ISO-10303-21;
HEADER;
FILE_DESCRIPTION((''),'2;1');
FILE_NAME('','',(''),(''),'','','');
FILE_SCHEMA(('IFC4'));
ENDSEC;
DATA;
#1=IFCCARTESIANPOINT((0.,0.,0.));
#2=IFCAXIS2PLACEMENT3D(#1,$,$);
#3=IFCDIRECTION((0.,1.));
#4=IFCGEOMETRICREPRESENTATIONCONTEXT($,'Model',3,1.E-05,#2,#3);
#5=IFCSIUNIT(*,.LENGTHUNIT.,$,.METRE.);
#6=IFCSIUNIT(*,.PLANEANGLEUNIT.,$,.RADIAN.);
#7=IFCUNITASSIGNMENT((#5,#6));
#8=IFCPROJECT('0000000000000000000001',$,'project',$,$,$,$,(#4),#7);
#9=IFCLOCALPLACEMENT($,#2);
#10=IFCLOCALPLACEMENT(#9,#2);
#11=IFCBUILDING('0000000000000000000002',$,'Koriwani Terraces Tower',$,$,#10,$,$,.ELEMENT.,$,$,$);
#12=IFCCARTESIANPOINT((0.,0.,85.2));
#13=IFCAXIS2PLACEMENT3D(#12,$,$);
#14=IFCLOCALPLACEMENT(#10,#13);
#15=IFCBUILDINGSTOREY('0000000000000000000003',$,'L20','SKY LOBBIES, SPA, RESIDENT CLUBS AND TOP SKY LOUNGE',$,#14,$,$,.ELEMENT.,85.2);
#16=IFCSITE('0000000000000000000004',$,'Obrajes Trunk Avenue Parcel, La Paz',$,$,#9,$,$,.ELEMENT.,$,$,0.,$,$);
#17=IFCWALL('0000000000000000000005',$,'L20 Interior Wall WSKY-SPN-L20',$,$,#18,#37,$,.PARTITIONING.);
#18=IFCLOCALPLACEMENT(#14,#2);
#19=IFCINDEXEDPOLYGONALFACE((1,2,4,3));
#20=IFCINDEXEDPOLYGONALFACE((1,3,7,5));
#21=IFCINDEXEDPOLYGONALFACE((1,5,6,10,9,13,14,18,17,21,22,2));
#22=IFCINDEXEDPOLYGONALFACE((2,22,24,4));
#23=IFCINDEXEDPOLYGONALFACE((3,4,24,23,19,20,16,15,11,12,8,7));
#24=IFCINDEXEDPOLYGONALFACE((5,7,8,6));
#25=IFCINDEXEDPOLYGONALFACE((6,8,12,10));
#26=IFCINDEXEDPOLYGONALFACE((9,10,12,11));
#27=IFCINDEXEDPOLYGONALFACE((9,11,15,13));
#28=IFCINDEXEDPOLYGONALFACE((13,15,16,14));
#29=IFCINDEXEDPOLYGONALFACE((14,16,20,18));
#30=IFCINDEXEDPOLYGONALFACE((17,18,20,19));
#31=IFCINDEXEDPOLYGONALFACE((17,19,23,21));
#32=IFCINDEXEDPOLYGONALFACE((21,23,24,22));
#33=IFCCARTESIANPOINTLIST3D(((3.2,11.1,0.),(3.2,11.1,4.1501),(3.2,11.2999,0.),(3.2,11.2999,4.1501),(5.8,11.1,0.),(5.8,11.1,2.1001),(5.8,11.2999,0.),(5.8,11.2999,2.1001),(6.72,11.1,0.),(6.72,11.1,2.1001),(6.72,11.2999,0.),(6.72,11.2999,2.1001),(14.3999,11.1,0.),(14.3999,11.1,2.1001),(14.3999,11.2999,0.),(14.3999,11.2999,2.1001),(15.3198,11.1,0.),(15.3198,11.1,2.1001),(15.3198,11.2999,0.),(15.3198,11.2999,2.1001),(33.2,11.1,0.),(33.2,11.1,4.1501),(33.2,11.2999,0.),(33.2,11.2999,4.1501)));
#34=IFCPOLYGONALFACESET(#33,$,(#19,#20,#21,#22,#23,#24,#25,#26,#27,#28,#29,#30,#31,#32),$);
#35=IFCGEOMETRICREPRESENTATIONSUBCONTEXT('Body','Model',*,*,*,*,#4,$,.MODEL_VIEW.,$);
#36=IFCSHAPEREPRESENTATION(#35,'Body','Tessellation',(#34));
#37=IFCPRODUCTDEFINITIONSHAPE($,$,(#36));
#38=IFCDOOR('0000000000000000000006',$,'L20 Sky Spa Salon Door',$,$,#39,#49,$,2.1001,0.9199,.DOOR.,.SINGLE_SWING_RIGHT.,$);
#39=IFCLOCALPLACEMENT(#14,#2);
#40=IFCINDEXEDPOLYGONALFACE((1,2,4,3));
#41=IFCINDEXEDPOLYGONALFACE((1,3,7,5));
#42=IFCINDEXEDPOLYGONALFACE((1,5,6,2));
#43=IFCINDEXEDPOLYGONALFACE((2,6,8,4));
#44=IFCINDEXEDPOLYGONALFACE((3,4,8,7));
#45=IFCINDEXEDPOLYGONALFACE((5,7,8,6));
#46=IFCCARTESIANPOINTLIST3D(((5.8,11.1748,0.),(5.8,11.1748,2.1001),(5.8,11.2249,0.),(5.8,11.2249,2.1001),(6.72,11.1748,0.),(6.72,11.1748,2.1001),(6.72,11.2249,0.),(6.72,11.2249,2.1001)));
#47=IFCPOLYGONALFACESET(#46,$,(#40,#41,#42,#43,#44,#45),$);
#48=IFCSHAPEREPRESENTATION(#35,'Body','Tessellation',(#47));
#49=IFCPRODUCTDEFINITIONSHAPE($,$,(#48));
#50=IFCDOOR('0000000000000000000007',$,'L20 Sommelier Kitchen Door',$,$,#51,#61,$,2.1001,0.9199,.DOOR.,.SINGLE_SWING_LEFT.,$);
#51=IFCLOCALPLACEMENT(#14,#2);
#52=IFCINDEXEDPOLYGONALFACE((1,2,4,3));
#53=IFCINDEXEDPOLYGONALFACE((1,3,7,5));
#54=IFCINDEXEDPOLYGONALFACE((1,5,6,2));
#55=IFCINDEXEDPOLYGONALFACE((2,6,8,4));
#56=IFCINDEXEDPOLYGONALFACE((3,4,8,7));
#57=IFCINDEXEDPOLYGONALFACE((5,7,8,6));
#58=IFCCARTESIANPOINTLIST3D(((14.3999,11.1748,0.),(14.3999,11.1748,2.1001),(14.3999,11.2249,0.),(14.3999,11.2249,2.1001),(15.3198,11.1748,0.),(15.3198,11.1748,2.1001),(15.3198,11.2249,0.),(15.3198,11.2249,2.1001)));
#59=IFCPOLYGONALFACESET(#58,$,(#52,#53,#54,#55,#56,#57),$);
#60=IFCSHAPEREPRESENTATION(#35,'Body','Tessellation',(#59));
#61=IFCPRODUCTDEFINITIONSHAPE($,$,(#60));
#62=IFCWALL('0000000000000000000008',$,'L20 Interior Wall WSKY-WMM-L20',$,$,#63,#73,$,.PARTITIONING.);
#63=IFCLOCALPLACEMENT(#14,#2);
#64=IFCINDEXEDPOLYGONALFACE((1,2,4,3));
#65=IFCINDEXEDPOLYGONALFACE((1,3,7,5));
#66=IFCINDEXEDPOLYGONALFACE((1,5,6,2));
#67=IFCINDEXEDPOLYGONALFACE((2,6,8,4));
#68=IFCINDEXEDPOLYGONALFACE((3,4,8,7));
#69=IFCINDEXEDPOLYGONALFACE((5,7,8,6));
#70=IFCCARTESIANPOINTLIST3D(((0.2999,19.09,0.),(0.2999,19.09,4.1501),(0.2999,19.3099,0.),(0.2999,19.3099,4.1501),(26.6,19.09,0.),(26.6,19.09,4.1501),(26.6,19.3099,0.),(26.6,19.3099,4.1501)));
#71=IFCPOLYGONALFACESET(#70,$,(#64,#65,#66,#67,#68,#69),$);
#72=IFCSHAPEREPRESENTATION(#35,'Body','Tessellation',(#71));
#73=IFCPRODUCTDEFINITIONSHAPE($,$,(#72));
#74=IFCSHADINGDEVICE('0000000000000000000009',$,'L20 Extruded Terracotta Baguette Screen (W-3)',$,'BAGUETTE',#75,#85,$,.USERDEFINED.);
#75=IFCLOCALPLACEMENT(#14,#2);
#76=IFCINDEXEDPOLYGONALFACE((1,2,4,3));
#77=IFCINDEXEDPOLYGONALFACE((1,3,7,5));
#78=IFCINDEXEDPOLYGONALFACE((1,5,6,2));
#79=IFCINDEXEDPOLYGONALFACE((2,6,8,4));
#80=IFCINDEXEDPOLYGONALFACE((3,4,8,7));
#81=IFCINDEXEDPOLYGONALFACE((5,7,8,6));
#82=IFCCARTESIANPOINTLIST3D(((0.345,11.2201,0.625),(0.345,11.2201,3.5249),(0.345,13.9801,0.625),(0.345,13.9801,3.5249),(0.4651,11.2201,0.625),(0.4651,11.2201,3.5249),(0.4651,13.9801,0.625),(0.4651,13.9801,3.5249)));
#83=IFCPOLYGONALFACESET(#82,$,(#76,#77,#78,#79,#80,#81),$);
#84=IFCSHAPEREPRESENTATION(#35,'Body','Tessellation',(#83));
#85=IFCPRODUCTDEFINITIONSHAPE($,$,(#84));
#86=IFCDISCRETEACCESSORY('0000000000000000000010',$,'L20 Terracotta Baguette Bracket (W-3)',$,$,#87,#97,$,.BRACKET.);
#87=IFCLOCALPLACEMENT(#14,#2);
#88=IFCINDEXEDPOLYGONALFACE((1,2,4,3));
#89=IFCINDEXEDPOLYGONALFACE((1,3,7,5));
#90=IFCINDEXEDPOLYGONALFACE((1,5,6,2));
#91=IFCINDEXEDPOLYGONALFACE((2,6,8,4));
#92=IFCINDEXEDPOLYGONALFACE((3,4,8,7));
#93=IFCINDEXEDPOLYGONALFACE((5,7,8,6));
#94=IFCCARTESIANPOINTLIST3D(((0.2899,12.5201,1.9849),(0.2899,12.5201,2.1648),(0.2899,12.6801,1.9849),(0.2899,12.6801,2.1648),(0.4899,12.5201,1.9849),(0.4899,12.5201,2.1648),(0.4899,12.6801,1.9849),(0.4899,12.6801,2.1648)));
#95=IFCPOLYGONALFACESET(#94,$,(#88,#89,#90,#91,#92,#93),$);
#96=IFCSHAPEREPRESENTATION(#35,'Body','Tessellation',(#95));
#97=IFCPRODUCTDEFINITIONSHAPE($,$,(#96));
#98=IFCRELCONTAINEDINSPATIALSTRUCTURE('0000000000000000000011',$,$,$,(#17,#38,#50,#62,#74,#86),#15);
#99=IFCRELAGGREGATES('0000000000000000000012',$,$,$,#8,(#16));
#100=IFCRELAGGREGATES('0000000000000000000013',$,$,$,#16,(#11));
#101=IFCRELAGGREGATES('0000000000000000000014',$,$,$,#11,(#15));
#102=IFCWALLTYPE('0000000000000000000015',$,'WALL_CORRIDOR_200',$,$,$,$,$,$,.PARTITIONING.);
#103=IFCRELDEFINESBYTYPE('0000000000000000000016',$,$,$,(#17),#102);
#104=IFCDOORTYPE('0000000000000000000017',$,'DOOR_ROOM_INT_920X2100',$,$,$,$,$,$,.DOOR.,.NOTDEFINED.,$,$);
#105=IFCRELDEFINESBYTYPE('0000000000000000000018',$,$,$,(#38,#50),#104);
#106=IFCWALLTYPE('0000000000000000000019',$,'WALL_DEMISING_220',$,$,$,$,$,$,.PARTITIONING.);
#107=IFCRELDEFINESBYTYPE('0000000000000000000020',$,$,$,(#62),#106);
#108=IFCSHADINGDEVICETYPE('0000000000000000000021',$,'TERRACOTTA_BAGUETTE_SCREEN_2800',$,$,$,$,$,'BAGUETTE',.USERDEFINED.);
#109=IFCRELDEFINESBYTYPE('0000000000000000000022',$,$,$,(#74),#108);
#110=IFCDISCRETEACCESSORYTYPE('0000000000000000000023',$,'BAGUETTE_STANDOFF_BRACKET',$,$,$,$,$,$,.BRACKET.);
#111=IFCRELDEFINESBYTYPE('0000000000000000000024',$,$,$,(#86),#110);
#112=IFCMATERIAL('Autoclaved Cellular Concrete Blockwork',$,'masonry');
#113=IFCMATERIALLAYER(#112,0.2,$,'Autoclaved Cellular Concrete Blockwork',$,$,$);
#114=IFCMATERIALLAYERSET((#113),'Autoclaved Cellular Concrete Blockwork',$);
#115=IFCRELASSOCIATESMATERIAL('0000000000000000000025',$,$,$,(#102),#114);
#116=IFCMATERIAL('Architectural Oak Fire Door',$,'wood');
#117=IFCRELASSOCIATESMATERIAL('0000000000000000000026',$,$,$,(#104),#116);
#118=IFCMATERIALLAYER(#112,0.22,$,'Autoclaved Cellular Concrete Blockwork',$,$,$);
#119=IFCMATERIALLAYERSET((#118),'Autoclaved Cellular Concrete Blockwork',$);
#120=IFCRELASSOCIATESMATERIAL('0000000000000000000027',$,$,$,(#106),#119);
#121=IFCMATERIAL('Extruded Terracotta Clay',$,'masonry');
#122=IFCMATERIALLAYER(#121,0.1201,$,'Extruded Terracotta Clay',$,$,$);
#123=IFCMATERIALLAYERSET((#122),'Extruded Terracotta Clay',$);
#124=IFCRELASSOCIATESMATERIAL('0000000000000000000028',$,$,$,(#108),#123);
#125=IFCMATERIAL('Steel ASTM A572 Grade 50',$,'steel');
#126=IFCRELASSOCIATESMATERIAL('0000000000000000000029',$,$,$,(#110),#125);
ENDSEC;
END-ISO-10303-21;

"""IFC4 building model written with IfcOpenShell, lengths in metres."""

from ifc_helpers import new_model, si_unit, direction, frame, frame_2d, origin, origin_2d, place, context, subcontext, project, spatial, rectangle, extrude, material, layer, layer_set, type_object, element, fill, save


model = new_model("IFC4")

# Units and contexts
model_context = context("Model", 3, precision=1e-05, world=origin(), true_north=direction((0.0, 1.0)))
body_context = subcontext(model_context, "Body", "Model", "MODEL_VIEW")
ifc_project = project(units=[si_unit("LENGTHUNIT", "METRE"), si_unit("PLANEANGLEUNIT", "RADIAN")], contexts=[model_context])

# Site, building, storey
site_placement = place(None, origin())
site = spatial("IfcSite", under=ifc_project, at=site_placement, Name="Obrajes Trunk Avenue Parcel, La Paz", CompositionType="ELEMENT", RefElevation=0.0)
building_placement = place(site_placement, origin())
building = spatial("IfcBuilding", under=site, at=building_placement, Name="Koriwani Terraces Tower", CompositionType="ELEMENT")
storey_placement = place(building_placement, frame((0.0, 0.0, 85.2)))
storey = spatial("IfcBuildingStorey", under=building, at=storey_placement, Name="L20", Description="SKY LOBBIES, SPA, RESIDENT CLUBS AND TOP SKY LOUNGE", CompositionType="ELEMENT", Elevation=85.2)

# Shared definitions
ifc_material_1 = material(Name="Steel ASTM A572 Grade 50", Category="steel")

# Wall, openings, doors
ifc_material_2 = material(Name="Autoclaved Cellular Concrete Blockwork", Category="masonry")
ifc_layer_1 = layer(ifc_material_2, 0.2, Name="Autoclaved Cellular Concrete Blockwork")
ifc_layer_set_1 = layer_set([ifc_layer_1], Name="Autoclaved Cellular Concrete Blockwork")
wall_type_1 = type_object("IfcWallType", Name="WALL_CORRIDOR_200", PredefinedType="PARTITIONING", material=ifc_layer_set_1)
wall_1_placement = place(storey_placement, frame((3.2, 11.2, 0.0), z_axis=(0.0, 0.0, 1.0), x_axis=(1.0, 0.0, 0.0)))
wall_1 = element("IfcWall", 1, at=wall_1_placement, inside=storey, type_object=wall_type_1, Name="L20 Interior Wall WSKY-SPN-L20", PredefinedType="PARTITIONING", context=body_context, shape_type="SweptSolid", body=[
    extrude(rectangle(XDim=30.0, YDim=0.2, at=frame_2d((15.0, 0.0))), origin(), (0.0, 0.0, 1.0), 4.1501),
])
opening_1_placement = place(wall_1_placement, frame((2.6001, 0.0, 0.0)))
opening_1 = element("IfcOpeningElement", 2, at=opening_1_placement, cuts=wall_1, PredefinedType="OPENING", context=body_context, shape_type="SweptSolid", body=[
    extrude(rectangle(XDim=0.9199, YDim=2.1001, at=frame_2d((0.46, 1.05))), frame((0.0, 0.1099, 0.0), z_axis=(0.0, -1.0, 0.0), x_axis=(1.0, 0.0, 0.0)), (0.0, 0.0, 1.0), 0.22),
])
opening_2_placement = place(wall_1_placement, frame((11.2, 0.0, 0.0)))
opening_2 = element("IfcOpeningElement", 3, at=opening_2_placement, cuts=wall_1, PredefinedType="OPENING", context=body_context, shape_type="SweptSolid", body=[
    extrude(rectangle(XDim=0.9199, YDim=2.1001, at=frame_2d((0.46, 1.05))), frame((0.0, 0.1099, 0.0), z_axis=(0.0, -1.0, 0.0), x_axis=(1.0, 0.0, 0.0)), (0.0, 0.0, 1.0), 0.22),
])
ifc_material_3 = material(Name="Architectural Oak Fire Door", Category="wood")
door_type = type_object("IfcDoorType", Name="DOOR_ROOM_INT_920X2100", OperationType="NOTDEFINED", PredefinedType="DOOR", material=ifc_material_3)
door_1_placement = place(opening_1_placement, origin())
door_1 = element("IfcDoor", 4, at=door_1_placement, inside=storey, type_object=door_type, Name="L20 Sky Spa Salon Door", OperationType="SINGLE_SWING_RIGHT", OverallHeight=2.1001, OverallWidth=0.9199, PredefinedType="DOOR", context=body_context, shape_type="SweptSolid", body=[
    extrude(rectangle(XDim=0.9199, YDim=2.1001, at=frame_2d((0.46, 1.05))), frame((0.0, 0.0249, 0.0), z_axis=(0.0, -1.0, 0.0), x_axis=(1.0, 0.0, 0.0)), (0.0, 0.0, 1.0), 0.05),
])
fill(opening_1, door_1)
door_2_placement = place(opening_2_placement, origin())
door_2 = element("IfcDoor", 5, at=door_2_placement, inside=storey, type_object=door_type, Name="L20 Sommelier Kitchen Door", OperationType="SINGLE_SWING_LEFT", OverallHeight=2.1001, OverallWidth=0.9199, PredefinedType="DOOR", context=body_context, shape_type="SweptSolid", body=[
    extrude(rectangle(XDim=0.9199, YDim=2.1001, at=frame_2d((0.46, 1.05))), frame((0.0, 0.0249, 0.0), z_axis=(0.0, -1.0, 0.0), x_axis=(1.0, 0.0, 0.0)), (0.0, 0.0, 1.0), 0.05),
])
fill(opening_2, door_2)

# Wall
ifc_layer_2 = layer(ifc_material_2, 0.22, Name="Autoclaved Cellular Concrete Blockwork")
ifc_layer_set_2 = layer_set([ifc_layer_2], Name="Autoclaved Cellular Concrete Blockwork")
wall_type_2 = type_object("IfcWallType", Name="WALL_DEMISING_220", PredefinedType="PARTITIONING", material=ifc_layer_set_2)
wall_2_placement = place(storey_placement, frame((0.3, 19.2, 0.0), z_axis=(0.0, 0.0, 1.0), x_axis=(1.0, 0.0, 0.0)))
element("IfcWall", 6, at=wall_2_placement, inside=storey, type_object=wall_type_2, Name="L20 Interior Wall WSKY-WMM-L20", PredefinedType="PARTITIONING", context=body_context, shape_type="SweptSolid", body=[
    extrude(rectangle(XDim=26.3, YDim=0.22, at=frame_2d((13.1499, 0.0))), origin(), (0.0, 0.0, 1.0), 4.1501),
])

# Shading device
ifc_material_4 = material(Name="Extruded Terracotta Clay", Category="masonry")
ifc_layer_3 = layer(ifc_material_4, 0.1201, Name="Extruded Terracotta Clay")
ifc_layer_set_3 = layer_set([ifc_layer_3], Name="Extruded Terracotta Clay")
shading_device_type = type_object("IfcShadingDeviceType", Name="TERRACOTTA_BAGUETTE_SCREEN_2800", ElementType="BAGUETTE", PredefinedType="USERDEFINED", material=ifc_layer_set_3)
shading_device_placement = place(storey_placement, frame((0.405, 12.6001, 0.625), z_axis=(0.0, 0.0, 1.0), x_axis=(0.0, 1.0, 0.0)))
element("IfcShadingDevice", 7, at=shading_device_placement, inside=storey, type_object=shading_device_type, Name="L20 Extruded Terracotta Baguette Screen (W-3)", ObjectType="BAGUETTE", PredefinedType="USERDEFINED", context=body_context, shape_type="SweptSolid", body=[
    extrude(rectangle(XDim=2.76, YDim=0.1201, at=origin_2d()), origin(), (0.0, 0.0, 1.0), 2.8999),
])

# Discrete accessory
discrete_accessory_type = type_object("IfcDiscreteAccessoryType", Name="BAGUETTE_STANDOFF_BRACKET", PredefinedType="BRACKET", material=ifc_material_1)
discrete_accessory_placement = place(storey_placement, frame((0.3899, 12.6001, 1.9849), z_axis=(0.0, 0.0, 1.0), x_axis=(0.0, 1.0, 0.0)))
element("IfcDiscreteAccessory", 8, at=discrete_accessory_placement, inside=storey, type_object=discrete_accessory_type, Name="L20 Terracotta Baguette Bracket (W-3)", PredefinedType="BRACKET", context=body_context, shape_type="SweptSolid", body=[
    extrude(rectangle(XDim=0.1599, YDim=0.2, at=origin_2d()), origin(), (0.0, 0.0, 1.0), 0.1799),
])

save(model, "model.ifc")
